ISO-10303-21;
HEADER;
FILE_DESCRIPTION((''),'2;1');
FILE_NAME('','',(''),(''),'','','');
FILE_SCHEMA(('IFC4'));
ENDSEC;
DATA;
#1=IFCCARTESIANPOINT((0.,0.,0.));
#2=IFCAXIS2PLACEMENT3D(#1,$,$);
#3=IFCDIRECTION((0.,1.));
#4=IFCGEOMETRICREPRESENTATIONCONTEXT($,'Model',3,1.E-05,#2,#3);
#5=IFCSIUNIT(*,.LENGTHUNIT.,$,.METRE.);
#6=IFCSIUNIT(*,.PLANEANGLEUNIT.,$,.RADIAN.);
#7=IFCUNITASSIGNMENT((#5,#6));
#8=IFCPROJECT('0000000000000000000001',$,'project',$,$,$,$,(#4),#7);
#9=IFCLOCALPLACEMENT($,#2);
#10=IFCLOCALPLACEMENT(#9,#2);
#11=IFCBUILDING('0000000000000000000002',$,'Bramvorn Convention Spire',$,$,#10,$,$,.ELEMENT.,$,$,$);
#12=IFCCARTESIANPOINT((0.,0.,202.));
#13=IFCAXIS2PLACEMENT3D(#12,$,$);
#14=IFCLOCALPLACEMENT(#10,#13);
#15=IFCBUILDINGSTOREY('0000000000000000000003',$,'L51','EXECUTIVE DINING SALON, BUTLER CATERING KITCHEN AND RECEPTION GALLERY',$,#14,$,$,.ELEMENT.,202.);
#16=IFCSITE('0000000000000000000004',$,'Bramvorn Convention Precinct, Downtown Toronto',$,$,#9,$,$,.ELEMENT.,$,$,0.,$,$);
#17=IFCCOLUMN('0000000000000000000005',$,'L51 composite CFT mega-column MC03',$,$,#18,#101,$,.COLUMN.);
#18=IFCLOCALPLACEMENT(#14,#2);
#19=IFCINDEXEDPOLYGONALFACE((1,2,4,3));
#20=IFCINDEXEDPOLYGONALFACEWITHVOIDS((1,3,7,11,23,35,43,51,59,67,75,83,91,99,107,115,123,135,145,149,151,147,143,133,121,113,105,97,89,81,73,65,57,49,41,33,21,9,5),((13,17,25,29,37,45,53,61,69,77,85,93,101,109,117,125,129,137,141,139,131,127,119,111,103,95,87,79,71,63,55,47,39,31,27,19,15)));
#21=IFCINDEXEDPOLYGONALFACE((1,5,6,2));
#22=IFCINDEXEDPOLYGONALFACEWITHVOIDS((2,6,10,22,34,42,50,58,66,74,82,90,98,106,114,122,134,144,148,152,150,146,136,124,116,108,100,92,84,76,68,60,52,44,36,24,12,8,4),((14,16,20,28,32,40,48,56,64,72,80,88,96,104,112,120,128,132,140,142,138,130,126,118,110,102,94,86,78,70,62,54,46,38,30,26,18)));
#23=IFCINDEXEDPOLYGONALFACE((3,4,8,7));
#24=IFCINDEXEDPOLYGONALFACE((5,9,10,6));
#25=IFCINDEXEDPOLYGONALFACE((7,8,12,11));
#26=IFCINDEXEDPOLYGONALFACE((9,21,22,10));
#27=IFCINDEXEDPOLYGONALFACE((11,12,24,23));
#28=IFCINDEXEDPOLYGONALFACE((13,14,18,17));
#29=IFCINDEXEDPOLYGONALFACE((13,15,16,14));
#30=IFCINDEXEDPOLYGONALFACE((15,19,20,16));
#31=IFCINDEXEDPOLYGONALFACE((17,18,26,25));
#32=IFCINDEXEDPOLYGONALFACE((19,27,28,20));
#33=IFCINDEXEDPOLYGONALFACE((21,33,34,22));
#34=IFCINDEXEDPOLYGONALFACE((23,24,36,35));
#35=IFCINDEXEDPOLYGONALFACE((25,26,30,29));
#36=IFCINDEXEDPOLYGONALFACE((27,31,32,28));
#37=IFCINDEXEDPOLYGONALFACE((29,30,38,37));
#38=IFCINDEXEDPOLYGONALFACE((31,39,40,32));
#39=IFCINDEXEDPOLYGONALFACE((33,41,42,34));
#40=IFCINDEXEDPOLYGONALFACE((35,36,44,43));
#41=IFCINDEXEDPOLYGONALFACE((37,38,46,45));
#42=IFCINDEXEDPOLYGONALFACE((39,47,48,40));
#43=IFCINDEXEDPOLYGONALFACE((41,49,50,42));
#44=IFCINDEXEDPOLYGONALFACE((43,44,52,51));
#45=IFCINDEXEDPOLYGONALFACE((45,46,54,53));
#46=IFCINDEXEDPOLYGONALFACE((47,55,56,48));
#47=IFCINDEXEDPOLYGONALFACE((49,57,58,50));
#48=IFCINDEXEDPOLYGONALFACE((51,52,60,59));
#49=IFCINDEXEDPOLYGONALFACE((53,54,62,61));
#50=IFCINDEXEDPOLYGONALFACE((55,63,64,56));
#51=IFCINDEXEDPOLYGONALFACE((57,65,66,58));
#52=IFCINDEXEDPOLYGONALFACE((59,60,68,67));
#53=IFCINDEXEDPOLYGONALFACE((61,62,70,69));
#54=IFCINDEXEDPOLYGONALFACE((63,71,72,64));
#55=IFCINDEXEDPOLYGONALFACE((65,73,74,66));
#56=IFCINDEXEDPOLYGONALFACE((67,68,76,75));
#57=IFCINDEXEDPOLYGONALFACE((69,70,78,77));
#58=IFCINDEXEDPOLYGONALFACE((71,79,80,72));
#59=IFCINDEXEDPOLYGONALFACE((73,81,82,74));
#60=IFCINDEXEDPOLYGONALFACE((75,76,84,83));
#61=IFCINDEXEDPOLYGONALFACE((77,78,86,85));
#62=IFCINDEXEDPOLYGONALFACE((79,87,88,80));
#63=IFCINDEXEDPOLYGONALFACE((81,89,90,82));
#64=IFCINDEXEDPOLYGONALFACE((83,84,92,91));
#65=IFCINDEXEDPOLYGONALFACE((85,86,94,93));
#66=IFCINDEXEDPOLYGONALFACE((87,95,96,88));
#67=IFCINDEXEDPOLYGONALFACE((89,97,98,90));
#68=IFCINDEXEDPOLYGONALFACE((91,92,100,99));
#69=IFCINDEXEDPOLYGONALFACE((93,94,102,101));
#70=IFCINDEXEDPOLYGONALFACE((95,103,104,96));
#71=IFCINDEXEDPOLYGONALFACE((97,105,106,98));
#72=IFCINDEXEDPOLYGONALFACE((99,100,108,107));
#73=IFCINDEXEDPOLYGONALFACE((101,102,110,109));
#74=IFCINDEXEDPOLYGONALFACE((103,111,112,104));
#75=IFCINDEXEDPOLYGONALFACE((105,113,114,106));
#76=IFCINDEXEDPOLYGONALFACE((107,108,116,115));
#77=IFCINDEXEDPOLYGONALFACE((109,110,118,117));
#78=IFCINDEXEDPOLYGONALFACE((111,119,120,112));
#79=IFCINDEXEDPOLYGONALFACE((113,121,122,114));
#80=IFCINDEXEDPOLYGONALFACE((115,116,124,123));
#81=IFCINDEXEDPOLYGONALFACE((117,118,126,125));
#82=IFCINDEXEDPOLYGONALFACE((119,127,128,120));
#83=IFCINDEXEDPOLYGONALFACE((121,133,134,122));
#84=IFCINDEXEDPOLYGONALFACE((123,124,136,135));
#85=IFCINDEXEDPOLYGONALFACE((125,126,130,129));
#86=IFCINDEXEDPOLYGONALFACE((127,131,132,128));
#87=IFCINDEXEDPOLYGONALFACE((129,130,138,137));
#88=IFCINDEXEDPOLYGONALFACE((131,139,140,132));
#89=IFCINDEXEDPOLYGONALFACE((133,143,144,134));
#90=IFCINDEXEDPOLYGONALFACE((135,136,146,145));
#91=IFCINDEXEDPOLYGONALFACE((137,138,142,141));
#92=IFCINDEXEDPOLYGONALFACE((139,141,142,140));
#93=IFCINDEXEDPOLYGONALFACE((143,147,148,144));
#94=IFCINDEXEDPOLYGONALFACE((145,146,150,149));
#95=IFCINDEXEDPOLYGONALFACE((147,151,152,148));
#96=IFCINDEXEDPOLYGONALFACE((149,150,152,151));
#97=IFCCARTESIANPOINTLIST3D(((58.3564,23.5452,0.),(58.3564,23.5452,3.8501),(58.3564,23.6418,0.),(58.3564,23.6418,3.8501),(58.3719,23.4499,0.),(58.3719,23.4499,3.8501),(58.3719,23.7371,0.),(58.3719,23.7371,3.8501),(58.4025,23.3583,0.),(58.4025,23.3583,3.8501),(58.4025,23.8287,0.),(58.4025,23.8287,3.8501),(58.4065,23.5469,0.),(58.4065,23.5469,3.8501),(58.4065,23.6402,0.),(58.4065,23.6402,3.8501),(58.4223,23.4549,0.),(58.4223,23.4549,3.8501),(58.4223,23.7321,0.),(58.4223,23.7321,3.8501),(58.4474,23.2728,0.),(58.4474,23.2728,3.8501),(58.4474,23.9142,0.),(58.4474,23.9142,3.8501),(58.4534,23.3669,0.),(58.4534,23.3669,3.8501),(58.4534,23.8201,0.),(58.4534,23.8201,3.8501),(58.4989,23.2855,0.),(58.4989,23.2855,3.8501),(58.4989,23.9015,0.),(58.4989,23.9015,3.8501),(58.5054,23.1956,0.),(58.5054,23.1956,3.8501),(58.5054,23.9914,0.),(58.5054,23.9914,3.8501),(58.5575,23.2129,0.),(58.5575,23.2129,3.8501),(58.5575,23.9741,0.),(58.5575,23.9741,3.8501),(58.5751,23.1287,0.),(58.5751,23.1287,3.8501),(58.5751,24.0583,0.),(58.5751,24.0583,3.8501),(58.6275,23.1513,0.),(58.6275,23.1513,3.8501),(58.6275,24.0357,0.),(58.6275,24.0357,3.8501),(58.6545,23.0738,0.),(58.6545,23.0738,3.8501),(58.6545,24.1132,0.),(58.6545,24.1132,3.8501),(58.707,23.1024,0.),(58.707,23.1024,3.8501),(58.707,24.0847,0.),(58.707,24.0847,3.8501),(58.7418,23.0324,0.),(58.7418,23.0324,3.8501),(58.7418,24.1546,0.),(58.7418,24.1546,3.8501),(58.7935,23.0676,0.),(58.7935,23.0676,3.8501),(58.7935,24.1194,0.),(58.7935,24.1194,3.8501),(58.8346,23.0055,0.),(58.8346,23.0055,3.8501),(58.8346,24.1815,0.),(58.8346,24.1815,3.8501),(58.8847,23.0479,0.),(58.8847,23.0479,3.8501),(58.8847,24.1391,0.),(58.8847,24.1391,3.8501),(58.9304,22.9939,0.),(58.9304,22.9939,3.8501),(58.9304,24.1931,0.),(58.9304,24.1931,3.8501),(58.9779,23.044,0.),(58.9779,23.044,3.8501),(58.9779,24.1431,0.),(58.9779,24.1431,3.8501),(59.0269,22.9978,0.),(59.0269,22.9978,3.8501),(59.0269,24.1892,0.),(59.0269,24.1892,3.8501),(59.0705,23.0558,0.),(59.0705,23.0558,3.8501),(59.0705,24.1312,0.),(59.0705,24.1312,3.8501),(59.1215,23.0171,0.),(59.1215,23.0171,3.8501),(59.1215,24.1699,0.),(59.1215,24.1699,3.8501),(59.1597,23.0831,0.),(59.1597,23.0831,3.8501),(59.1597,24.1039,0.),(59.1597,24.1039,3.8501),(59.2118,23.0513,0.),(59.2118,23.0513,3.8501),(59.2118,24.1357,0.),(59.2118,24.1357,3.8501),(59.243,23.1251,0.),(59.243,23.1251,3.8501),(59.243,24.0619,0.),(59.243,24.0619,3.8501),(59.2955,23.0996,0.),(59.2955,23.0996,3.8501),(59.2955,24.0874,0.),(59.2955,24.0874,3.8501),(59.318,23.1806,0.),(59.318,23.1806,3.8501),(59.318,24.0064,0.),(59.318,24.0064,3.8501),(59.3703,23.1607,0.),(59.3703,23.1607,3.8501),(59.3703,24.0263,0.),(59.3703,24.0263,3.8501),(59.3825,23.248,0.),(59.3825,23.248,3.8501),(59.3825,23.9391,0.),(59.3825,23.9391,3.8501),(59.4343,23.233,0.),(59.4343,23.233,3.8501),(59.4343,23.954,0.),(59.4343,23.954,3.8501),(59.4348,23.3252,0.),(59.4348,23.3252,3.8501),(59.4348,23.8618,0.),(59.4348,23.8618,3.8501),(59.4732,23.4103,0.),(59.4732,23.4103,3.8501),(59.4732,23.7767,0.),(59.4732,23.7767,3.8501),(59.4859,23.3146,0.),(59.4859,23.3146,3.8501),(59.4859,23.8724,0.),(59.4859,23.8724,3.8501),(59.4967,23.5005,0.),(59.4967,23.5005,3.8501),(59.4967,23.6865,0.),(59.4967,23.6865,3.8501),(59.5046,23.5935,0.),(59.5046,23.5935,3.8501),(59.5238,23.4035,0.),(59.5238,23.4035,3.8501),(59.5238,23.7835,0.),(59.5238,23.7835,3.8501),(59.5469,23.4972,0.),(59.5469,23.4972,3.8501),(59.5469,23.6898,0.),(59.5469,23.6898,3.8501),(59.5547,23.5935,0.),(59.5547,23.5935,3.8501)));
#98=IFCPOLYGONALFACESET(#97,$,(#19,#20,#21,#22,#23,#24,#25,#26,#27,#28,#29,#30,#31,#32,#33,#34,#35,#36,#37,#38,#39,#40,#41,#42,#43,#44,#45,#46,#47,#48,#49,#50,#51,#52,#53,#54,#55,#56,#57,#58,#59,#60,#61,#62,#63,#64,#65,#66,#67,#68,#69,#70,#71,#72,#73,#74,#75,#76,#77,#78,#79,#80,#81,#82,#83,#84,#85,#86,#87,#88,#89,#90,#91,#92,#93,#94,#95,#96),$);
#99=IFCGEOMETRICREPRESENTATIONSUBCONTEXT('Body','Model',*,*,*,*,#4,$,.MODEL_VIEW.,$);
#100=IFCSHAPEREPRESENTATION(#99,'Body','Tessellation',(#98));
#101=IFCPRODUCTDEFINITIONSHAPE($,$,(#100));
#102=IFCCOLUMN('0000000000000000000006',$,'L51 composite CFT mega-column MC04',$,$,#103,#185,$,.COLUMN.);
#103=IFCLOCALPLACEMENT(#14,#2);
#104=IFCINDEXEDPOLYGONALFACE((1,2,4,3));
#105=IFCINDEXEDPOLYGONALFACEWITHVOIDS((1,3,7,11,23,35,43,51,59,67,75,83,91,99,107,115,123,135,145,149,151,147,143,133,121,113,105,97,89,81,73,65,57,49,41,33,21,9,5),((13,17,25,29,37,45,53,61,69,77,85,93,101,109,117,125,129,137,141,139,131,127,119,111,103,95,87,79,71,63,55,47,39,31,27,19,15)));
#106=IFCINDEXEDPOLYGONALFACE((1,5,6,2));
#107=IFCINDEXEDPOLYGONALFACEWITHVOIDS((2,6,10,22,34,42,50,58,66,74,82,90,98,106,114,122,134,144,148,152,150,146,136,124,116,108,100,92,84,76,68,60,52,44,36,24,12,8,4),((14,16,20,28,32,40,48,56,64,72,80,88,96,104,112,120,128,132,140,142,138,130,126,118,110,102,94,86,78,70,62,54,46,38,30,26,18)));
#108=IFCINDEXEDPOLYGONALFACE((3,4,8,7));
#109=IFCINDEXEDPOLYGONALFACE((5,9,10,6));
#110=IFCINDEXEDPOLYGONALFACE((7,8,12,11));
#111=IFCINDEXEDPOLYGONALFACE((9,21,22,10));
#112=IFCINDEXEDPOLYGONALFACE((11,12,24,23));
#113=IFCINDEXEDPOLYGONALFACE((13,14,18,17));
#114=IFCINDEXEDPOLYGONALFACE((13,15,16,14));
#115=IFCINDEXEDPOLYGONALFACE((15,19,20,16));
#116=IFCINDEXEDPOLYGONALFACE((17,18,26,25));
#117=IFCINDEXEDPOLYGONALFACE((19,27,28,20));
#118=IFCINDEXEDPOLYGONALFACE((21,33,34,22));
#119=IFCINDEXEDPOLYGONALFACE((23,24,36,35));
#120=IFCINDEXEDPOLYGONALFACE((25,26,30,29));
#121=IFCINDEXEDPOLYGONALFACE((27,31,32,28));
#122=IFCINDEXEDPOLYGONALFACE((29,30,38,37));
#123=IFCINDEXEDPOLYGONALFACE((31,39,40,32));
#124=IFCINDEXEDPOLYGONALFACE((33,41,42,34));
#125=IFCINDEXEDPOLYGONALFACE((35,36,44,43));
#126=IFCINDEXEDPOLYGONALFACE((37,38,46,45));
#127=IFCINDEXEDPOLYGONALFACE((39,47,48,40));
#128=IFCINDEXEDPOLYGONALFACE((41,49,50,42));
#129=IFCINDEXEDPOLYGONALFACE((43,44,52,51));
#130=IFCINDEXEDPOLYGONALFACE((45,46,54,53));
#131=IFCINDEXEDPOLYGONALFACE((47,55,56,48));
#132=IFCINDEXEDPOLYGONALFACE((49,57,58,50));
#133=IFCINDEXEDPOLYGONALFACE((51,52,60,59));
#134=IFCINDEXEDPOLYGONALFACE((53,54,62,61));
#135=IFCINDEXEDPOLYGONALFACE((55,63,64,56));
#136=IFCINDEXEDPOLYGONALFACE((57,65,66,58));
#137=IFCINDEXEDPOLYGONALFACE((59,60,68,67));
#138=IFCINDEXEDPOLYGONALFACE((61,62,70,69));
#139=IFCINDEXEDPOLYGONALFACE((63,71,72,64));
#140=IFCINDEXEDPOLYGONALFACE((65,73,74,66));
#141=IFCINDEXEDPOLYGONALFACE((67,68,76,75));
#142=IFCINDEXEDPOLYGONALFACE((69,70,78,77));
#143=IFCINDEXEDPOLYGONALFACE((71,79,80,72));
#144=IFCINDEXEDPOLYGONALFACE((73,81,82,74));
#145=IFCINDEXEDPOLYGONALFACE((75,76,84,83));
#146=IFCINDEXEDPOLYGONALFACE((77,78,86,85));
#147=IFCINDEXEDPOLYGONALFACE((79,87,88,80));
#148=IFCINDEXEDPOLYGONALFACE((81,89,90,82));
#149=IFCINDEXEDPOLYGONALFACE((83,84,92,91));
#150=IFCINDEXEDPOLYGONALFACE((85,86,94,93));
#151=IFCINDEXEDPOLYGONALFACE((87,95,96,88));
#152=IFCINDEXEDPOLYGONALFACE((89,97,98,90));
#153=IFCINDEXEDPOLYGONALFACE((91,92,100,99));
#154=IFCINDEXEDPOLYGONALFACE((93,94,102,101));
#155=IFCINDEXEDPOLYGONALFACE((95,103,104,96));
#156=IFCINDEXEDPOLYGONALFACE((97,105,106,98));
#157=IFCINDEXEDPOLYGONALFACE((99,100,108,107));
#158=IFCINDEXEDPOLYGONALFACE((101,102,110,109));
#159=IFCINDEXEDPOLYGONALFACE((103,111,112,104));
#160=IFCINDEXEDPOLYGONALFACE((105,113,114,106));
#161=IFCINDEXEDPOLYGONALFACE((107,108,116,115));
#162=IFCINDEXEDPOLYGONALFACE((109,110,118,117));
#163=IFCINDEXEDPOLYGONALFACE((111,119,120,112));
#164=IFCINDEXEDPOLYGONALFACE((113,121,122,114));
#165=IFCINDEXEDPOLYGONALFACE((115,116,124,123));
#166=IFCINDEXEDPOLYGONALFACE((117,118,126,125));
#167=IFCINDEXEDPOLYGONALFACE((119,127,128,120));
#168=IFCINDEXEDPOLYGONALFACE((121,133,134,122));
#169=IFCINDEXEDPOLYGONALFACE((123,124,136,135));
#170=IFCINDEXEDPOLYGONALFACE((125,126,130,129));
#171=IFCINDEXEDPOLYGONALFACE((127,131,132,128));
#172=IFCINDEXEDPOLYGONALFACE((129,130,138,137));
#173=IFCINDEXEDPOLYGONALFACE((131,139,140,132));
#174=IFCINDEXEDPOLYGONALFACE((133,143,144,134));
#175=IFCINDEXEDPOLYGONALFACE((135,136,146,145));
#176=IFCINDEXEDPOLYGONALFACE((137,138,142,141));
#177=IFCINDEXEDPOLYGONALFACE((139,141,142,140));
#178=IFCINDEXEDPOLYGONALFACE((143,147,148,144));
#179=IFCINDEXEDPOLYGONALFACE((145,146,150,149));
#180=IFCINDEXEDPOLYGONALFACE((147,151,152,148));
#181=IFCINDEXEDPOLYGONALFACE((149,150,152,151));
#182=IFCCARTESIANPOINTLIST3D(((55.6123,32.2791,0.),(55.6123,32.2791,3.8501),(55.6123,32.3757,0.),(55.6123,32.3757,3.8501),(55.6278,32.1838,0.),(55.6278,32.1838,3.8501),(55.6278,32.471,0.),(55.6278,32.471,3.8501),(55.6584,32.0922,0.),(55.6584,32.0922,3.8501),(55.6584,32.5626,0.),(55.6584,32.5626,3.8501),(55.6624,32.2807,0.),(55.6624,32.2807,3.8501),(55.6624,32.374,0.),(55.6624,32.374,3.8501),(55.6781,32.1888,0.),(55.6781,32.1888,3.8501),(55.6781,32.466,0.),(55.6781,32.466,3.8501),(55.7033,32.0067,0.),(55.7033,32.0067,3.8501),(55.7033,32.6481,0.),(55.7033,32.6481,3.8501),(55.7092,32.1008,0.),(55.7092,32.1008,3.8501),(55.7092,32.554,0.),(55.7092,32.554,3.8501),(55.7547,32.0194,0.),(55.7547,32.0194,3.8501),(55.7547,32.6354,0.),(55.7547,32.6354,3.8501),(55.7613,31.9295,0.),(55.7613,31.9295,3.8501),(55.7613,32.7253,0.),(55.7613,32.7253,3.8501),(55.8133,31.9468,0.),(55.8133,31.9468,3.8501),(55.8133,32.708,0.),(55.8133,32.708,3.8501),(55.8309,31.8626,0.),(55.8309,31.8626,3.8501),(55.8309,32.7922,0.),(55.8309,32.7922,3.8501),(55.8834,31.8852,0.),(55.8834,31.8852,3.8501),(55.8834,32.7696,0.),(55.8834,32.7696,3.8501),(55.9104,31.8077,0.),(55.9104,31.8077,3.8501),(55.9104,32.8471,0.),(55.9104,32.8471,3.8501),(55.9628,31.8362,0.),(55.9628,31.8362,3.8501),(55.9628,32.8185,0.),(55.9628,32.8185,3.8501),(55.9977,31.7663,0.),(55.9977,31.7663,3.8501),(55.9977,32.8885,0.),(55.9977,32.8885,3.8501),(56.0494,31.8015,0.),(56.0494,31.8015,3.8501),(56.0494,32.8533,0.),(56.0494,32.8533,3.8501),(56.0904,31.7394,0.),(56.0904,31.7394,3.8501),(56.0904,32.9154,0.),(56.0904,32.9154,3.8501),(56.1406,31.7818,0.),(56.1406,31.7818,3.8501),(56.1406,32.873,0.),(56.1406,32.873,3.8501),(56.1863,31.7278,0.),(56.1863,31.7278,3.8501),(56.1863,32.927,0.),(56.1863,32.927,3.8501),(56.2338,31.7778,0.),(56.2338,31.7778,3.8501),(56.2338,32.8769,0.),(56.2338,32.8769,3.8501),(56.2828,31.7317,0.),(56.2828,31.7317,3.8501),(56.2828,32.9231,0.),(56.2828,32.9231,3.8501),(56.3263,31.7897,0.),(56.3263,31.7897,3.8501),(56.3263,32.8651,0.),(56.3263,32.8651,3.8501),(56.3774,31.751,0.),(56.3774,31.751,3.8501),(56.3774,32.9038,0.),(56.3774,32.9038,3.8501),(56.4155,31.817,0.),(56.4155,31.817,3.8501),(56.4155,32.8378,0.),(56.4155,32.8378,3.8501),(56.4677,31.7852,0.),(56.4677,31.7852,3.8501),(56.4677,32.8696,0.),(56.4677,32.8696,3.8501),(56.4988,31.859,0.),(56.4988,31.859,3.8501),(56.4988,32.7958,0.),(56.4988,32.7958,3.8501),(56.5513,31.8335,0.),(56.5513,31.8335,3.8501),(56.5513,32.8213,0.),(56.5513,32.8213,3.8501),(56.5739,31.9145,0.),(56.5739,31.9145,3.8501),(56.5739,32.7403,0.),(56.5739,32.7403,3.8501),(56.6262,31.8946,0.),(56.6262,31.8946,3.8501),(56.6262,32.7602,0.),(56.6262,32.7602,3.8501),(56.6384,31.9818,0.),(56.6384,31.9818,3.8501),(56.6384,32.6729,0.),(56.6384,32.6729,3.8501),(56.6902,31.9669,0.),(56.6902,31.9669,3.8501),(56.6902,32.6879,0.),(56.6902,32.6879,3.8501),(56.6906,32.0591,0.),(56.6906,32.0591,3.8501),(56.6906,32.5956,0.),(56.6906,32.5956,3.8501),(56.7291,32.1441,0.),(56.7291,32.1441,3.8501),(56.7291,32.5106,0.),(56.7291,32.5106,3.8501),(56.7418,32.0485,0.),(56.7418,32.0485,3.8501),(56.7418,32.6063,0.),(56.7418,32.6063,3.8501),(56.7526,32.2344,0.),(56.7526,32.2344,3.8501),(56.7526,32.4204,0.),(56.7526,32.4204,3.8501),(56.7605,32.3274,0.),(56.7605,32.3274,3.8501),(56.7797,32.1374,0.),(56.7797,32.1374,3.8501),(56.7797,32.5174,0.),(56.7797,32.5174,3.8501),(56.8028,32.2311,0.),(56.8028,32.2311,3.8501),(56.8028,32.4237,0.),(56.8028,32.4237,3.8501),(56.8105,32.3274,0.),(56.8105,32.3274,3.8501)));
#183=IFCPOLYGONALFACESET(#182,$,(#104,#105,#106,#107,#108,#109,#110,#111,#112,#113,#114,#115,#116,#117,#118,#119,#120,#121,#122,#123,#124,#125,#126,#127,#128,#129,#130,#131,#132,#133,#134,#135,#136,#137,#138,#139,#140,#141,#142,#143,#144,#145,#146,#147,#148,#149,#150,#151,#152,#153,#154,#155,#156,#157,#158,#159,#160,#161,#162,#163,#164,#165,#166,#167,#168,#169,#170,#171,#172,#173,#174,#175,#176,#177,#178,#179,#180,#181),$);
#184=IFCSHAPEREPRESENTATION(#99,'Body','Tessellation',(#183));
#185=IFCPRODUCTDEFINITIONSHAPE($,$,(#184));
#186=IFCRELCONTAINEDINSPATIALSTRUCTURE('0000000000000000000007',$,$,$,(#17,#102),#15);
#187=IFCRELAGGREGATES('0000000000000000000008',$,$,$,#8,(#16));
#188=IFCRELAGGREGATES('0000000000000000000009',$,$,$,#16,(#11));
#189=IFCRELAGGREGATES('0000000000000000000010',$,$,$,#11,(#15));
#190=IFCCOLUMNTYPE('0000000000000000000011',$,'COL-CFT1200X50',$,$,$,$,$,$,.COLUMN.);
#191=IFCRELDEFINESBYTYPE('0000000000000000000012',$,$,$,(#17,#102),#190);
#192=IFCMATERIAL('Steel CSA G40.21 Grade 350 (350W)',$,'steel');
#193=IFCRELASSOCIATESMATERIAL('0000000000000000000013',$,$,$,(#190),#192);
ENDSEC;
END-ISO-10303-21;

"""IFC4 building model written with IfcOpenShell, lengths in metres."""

from ifc_helpers import new_model, si_unit, direction, frame, origin, origin_2d, place, context, subcontext, project, spatial, hollow_circle, extrude, material, material_profile, profile_set, type_object, element, save


model = new_model("IFC4")

# Units and contexts
model_context = context("Model", 3, precision=1e-05, world=origin(), true_north=direction((0.0, 1.0)))
body_context = subcontext(model_context, "Body", "Model", "MODEL_VIEW")
ifc_project = project(units=[si_unit("LENGTHUNIT", "METRE"), si_unit("PLANEANGLEUNIT", "RADIAN")], contexts=[model_context])

# Site, building, storey
site_placement = place(None, origin())
site = spatial("IfcSite", under=ifc_project, at=site_placement, Name="Bramvorn Convention Precinct, Downtown Toronto", CompositionType="ELEMENT", RefElevation=0.0)
building_placement = place(site_placement, origin())
building = spatial("IfcBuilding", under=site, at=building_placement, Name="Bramvorn Convention Spire", CompositionType="ELEMENT")
storey_placement = place(building_placement, frame((0.0, 0.0, 202.0)))
storey = spatial("IfcBuildingStorey", under=building, at=storey_placement, Name="L51", Description="EXECUTIVE DINING SALON, BUTLER CATERING KITCHEN AND RECEPTION GALLERY", CompositionType="ELEMENT", Elevation=202.0)

# Columns
ifc_material_1 = material(Name="Steel CSA G40.21 Grade 350 (350W)", Category="steel")
ifc_material_profile_1 = material_profile(ifc_material_1, hollow_circle(Radius=0.6001, WallThickness=0.05, at=origin_2d()))
ifc_profile_set_1 = profile_set([ifc_material_profile_1], Name="Steel CSA G40.21 Grade 350 (350W) - CFT1200X50")
column_type = type_object("IfcColumnType", Name="COL-CFT1200X50", PredefinedType="COLUMN", material=ifc_profile_set_1)
for number, where, z_axis, x_axis, name in (
    (1, (58.9546, 23.5935, 0.0), (0.0, 0.0, 1.0), (1.0, 0.0, 0.0), "L51 composite CFT mega-column MC03"),
    (2, (56.2104, 32.3274, 0.0), (0.0, 0.0, 1.0), (1.0, 0.0, 0.0), "L51 composite CFT mega-column MC04"),
):
    element("IfcColumn", number, at=place(storey_placement, frame(where, z_axis=z_axis, x_axis=x_axis)), inside=storey, type_object=column_type, Name=name, PredefinedType="COLUMN", context=body_context, shape_type="SweptSolid", body=[
        extrude(hollow_circle(Radius=0.6001, WallThickness=0.05, at=origin_2d()), origin(), (0.0, 0.0, 1.0), 3.8501),
    ])

save(model, "model.ifc")
